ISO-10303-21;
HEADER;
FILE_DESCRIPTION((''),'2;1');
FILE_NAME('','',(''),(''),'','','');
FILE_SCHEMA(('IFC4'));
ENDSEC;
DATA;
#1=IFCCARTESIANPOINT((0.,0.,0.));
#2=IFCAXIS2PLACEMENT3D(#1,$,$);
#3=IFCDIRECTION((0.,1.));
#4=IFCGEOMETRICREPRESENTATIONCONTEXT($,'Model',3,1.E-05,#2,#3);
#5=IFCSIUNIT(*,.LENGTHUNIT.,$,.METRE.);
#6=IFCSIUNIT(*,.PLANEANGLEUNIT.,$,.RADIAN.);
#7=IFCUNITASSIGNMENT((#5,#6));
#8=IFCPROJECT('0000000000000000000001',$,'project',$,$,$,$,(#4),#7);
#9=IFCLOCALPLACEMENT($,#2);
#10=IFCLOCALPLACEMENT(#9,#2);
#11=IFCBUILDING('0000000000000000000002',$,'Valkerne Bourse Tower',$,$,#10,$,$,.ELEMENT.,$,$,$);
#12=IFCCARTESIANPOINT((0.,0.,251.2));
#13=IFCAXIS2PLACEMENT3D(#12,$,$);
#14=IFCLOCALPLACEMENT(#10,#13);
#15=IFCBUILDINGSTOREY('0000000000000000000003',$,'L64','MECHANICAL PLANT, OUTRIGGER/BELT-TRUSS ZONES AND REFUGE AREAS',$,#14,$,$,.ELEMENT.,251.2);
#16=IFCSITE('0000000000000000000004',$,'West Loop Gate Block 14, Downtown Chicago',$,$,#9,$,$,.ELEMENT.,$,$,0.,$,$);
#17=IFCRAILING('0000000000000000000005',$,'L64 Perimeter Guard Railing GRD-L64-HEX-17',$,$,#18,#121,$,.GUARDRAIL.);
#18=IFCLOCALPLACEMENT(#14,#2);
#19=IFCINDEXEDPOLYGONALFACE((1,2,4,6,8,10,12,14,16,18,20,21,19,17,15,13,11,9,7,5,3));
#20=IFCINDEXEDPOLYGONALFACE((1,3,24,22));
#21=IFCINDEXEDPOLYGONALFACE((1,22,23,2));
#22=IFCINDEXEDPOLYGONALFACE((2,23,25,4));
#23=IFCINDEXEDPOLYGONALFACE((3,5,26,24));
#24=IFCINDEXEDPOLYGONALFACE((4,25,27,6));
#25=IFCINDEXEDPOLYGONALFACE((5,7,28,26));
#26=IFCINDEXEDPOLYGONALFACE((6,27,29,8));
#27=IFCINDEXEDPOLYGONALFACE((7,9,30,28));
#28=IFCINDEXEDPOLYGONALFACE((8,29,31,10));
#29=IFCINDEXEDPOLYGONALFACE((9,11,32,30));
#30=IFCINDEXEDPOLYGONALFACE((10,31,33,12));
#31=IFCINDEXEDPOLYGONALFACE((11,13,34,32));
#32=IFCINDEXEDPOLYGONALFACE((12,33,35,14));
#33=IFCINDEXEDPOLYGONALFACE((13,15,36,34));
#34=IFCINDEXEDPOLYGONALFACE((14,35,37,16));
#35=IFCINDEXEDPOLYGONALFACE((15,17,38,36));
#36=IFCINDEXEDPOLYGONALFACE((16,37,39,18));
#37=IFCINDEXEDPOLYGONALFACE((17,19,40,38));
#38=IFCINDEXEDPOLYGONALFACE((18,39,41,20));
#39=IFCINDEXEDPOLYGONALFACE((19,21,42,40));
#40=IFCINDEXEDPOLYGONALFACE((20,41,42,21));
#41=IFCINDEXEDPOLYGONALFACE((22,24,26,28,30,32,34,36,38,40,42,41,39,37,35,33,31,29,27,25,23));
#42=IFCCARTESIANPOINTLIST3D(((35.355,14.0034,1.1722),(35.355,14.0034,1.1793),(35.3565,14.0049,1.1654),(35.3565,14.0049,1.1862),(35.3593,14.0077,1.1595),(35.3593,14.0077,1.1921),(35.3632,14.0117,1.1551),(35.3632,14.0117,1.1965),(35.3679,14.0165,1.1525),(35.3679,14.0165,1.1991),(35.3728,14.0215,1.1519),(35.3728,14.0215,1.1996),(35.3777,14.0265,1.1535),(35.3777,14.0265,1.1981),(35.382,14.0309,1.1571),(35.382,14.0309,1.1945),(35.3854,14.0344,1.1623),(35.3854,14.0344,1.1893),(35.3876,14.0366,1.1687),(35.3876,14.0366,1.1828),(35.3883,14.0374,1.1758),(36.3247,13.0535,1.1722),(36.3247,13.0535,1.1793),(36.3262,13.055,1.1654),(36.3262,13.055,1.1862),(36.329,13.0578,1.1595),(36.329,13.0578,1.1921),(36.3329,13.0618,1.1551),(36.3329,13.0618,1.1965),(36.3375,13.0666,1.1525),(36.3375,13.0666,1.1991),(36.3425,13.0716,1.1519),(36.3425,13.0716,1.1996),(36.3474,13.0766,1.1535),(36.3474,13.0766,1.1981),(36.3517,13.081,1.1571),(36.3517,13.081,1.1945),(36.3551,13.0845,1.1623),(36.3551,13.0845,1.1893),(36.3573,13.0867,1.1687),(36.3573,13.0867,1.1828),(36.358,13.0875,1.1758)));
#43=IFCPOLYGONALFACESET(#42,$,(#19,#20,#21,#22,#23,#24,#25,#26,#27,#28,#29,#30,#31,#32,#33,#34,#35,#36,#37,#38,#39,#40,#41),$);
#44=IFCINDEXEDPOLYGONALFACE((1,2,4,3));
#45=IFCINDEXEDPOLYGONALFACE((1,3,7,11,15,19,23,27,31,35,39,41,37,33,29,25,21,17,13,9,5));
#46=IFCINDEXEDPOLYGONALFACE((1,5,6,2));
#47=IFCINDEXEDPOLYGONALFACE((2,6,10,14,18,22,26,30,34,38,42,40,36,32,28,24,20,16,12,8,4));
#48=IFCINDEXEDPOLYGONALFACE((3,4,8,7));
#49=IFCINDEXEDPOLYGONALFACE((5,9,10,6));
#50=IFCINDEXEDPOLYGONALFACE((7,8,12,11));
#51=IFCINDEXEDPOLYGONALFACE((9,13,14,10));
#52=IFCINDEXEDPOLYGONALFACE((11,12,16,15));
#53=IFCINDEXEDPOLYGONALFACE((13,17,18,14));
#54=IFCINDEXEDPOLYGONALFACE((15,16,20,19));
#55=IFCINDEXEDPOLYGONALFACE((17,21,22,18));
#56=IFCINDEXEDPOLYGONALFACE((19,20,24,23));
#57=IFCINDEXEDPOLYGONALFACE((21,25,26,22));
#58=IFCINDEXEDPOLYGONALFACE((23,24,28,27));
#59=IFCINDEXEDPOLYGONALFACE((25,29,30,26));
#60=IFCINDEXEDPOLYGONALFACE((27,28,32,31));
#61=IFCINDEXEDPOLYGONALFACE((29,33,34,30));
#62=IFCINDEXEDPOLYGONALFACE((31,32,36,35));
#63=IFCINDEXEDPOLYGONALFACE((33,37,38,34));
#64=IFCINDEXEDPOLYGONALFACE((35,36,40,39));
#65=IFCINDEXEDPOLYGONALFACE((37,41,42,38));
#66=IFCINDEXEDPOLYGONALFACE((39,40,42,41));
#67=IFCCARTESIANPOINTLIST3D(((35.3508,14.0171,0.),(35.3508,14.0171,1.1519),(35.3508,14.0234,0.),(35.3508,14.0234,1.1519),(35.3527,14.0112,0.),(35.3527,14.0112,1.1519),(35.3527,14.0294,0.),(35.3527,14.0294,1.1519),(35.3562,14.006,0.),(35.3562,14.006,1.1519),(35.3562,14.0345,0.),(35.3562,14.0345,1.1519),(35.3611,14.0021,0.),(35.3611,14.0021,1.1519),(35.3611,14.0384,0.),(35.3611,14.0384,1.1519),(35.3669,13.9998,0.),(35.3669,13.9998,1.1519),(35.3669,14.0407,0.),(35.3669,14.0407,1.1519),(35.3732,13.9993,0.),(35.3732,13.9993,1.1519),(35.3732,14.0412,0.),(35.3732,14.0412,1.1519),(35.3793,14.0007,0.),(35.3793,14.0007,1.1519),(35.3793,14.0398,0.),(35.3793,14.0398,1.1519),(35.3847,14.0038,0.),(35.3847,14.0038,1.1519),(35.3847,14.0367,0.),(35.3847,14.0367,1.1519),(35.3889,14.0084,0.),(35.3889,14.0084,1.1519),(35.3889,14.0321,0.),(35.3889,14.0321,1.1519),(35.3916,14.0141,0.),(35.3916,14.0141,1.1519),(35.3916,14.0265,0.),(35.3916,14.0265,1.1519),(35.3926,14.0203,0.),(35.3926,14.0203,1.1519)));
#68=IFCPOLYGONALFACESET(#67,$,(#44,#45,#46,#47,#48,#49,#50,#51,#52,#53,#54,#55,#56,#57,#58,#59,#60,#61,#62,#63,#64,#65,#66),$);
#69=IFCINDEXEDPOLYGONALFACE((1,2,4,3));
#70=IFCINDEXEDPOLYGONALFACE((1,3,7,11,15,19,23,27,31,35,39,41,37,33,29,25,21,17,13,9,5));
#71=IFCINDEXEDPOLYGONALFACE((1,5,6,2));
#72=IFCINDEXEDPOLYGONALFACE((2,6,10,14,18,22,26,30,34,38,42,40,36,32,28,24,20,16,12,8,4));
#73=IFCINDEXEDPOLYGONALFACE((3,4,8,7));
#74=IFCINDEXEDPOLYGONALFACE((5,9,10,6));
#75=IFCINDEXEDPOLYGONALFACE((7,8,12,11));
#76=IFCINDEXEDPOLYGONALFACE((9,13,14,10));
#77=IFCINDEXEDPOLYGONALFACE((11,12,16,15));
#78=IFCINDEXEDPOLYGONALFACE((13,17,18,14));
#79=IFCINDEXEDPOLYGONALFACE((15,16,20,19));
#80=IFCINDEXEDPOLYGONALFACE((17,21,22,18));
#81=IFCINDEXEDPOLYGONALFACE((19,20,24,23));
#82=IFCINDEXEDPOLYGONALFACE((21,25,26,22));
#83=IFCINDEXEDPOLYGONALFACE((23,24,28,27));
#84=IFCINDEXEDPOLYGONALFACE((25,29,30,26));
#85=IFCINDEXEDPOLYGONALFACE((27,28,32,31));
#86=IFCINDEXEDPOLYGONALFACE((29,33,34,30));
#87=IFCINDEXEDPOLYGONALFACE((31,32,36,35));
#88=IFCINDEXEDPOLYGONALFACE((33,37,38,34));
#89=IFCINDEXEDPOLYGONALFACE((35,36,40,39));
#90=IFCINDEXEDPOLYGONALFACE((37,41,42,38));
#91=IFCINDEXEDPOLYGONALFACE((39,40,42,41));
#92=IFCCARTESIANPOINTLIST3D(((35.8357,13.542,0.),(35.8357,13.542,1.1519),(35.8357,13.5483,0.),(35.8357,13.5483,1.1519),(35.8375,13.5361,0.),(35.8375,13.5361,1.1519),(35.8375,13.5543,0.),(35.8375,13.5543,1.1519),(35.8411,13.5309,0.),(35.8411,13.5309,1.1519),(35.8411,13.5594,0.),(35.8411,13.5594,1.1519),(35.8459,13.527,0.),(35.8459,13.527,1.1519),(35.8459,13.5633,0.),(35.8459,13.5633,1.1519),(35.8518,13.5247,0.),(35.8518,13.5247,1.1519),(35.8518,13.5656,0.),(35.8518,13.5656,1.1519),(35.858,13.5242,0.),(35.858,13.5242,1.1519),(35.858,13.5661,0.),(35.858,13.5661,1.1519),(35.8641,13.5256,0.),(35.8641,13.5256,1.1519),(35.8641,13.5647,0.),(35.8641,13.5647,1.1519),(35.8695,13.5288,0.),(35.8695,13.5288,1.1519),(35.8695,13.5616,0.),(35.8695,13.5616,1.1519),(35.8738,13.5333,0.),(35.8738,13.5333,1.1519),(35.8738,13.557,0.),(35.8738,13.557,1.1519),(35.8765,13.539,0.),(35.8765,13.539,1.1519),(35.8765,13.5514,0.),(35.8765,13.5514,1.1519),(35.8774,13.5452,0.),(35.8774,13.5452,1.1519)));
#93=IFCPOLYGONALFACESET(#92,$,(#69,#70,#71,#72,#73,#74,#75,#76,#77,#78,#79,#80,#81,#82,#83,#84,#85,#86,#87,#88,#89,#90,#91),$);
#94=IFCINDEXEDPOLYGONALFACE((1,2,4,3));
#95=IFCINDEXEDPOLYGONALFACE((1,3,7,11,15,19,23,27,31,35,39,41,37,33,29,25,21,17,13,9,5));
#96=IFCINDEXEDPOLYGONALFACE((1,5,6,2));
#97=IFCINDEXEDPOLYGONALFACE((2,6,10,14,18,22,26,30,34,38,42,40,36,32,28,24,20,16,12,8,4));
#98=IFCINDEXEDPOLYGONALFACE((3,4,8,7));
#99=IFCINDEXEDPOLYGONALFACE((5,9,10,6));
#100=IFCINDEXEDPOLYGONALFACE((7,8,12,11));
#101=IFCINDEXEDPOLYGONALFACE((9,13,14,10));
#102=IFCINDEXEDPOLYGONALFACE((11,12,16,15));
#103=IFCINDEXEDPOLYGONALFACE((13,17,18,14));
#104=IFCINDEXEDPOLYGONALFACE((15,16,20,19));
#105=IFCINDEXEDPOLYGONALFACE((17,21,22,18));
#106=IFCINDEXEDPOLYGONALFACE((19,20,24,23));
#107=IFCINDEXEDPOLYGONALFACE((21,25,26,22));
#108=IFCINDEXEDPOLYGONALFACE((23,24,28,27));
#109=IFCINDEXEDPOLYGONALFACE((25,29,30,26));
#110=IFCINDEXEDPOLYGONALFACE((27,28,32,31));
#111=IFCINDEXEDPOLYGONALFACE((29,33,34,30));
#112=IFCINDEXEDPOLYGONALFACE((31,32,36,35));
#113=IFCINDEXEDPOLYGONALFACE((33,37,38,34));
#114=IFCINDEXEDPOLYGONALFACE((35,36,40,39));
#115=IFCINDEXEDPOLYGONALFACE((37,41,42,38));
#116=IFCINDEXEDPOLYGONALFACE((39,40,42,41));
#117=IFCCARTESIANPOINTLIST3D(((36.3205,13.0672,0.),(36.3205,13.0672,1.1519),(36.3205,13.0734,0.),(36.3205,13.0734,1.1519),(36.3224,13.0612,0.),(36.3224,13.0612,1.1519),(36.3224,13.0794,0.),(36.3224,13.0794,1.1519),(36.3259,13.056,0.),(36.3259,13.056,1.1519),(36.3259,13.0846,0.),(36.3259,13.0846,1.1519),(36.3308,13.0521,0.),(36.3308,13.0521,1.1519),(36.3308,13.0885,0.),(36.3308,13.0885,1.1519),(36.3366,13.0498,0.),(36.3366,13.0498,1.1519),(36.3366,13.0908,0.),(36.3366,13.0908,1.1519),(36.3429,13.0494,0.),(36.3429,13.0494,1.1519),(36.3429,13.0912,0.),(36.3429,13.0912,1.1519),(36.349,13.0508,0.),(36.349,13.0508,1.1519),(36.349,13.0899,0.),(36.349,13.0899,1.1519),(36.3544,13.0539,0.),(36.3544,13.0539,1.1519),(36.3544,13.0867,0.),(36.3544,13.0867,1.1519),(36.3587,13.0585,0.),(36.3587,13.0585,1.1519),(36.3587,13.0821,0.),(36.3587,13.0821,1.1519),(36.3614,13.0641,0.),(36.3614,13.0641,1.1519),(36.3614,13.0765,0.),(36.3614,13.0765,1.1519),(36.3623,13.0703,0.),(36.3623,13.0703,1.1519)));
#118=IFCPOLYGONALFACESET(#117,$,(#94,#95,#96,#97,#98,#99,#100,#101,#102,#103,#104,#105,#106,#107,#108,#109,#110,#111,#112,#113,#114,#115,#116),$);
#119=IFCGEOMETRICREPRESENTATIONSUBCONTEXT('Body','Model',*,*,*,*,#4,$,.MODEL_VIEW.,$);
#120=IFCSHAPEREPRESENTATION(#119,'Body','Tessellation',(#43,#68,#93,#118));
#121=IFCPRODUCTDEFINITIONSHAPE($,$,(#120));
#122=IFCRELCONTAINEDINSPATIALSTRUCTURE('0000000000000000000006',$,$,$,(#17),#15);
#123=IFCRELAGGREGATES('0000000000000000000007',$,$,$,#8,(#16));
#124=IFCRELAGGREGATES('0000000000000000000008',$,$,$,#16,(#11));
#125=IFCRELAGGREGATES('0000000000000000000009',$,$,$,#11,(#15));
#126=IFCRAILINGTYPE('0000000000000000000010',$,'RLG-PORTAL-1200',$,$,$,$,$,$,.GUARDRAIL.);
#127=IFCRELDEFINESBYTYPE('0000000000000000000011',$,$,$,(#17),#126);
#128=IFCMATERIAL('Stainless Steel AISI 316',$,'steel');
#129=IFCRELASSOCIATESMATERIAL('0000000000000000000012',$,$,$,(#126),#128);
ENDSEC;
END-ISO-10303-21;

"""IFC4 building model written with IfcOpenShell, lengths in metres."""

from ifc_helpers import new_model, si_unit, direction, frame, origin, origin_2d, place, context, subcontext, project, spatial, circle, extrude, material, type_object, element, save


model = new_model("IFC4")

# Units and contexts
model_context = context("Model", 3, precision=1e-05, world=origin(), true_north=direction((0.0, 1.0)))
body_context = subcontext(model_context, "Body", "Model", "MODEL_VIEW")
ifc_project = project(units=[si_unit("LENGTHUNIT", "METRE"), si_unit("PLANEANGLEUNIT", "RADIAN")], contexts=[model_context])

# Site, building, storey
site_placement = place(None, origin())
site = spatial("IfcSite", under=ifc_project, at=site_placement, Name="West Loop Gate Block 14, Downtown Chicago", CompositionType="ELEMENT", RefElevation=0.0)
building_placement = place(site_placement, origin())
building = spatial("IfcBuilding", under=site, at=building_placement, Name="Valkerne Bourse Tower", CompositionType="ELEMENT")
storey_placement = place(building_placement, frame((0.0, 0.0, 251.2)))
storey = spatial("IfcBuildingStorey", under=building, at=storey_placement, Name="L64", Description="MECHANICAL PLANT, OUTRIGGER/BELT-TRUSS ZONES AND REFUGE AREAS", CompositionType="ELEMENT", Elevation=251.2)

# Railing
ifc_material_1 = material(Name="Stainless Steel AISI 316", Category="steel")
railing_type_1 = type_object("IfcRailingType", Name="RLG-PORTAL-1200", PredefinedType="GUARDRAIL", material=ifc_material_1)
railing_1_placement = place(storey_placement, frame((35.3716, 14.0203, 0.0)))
element("IfcRailing", 1, at=railing_1_placement, inside=storey, type_object=railing_type_1, Name="L64 Perimeter Guard Railing GRD-L64-HEX-17", PredefinedType="GUARDRAIL", context=body_context, shape_type="SweptSolid", body=[
    extrude(circle(Radius=0.0239, at=origin_2d()), frame((0.0, 0.0, 1.1758), z_axis=(0.714353, -0.699785, 0.0), x_axis=(0.699785, 0.714353, 0.0)), (0.0, 0.0, 1.0), 1.3574),
    extrude(circle(Radius=0.021, at=origin_2d()), origin(), (0.0, 0.0, 1.0), 1.1519),
    extrude(circle(Radius=0.021, at=origin_2d()), frame((0.4849, -0.4751, 0.0)), (0.0, 0.0, 1.0), 1.1519),
    extrude(circle(Radius=0.021, at=origin_2d()), frame((0.9697, -0.95, 0.0)), (0.0, 0.0, 1.0), 1.1519),
])

save(model, "model.ifc")
